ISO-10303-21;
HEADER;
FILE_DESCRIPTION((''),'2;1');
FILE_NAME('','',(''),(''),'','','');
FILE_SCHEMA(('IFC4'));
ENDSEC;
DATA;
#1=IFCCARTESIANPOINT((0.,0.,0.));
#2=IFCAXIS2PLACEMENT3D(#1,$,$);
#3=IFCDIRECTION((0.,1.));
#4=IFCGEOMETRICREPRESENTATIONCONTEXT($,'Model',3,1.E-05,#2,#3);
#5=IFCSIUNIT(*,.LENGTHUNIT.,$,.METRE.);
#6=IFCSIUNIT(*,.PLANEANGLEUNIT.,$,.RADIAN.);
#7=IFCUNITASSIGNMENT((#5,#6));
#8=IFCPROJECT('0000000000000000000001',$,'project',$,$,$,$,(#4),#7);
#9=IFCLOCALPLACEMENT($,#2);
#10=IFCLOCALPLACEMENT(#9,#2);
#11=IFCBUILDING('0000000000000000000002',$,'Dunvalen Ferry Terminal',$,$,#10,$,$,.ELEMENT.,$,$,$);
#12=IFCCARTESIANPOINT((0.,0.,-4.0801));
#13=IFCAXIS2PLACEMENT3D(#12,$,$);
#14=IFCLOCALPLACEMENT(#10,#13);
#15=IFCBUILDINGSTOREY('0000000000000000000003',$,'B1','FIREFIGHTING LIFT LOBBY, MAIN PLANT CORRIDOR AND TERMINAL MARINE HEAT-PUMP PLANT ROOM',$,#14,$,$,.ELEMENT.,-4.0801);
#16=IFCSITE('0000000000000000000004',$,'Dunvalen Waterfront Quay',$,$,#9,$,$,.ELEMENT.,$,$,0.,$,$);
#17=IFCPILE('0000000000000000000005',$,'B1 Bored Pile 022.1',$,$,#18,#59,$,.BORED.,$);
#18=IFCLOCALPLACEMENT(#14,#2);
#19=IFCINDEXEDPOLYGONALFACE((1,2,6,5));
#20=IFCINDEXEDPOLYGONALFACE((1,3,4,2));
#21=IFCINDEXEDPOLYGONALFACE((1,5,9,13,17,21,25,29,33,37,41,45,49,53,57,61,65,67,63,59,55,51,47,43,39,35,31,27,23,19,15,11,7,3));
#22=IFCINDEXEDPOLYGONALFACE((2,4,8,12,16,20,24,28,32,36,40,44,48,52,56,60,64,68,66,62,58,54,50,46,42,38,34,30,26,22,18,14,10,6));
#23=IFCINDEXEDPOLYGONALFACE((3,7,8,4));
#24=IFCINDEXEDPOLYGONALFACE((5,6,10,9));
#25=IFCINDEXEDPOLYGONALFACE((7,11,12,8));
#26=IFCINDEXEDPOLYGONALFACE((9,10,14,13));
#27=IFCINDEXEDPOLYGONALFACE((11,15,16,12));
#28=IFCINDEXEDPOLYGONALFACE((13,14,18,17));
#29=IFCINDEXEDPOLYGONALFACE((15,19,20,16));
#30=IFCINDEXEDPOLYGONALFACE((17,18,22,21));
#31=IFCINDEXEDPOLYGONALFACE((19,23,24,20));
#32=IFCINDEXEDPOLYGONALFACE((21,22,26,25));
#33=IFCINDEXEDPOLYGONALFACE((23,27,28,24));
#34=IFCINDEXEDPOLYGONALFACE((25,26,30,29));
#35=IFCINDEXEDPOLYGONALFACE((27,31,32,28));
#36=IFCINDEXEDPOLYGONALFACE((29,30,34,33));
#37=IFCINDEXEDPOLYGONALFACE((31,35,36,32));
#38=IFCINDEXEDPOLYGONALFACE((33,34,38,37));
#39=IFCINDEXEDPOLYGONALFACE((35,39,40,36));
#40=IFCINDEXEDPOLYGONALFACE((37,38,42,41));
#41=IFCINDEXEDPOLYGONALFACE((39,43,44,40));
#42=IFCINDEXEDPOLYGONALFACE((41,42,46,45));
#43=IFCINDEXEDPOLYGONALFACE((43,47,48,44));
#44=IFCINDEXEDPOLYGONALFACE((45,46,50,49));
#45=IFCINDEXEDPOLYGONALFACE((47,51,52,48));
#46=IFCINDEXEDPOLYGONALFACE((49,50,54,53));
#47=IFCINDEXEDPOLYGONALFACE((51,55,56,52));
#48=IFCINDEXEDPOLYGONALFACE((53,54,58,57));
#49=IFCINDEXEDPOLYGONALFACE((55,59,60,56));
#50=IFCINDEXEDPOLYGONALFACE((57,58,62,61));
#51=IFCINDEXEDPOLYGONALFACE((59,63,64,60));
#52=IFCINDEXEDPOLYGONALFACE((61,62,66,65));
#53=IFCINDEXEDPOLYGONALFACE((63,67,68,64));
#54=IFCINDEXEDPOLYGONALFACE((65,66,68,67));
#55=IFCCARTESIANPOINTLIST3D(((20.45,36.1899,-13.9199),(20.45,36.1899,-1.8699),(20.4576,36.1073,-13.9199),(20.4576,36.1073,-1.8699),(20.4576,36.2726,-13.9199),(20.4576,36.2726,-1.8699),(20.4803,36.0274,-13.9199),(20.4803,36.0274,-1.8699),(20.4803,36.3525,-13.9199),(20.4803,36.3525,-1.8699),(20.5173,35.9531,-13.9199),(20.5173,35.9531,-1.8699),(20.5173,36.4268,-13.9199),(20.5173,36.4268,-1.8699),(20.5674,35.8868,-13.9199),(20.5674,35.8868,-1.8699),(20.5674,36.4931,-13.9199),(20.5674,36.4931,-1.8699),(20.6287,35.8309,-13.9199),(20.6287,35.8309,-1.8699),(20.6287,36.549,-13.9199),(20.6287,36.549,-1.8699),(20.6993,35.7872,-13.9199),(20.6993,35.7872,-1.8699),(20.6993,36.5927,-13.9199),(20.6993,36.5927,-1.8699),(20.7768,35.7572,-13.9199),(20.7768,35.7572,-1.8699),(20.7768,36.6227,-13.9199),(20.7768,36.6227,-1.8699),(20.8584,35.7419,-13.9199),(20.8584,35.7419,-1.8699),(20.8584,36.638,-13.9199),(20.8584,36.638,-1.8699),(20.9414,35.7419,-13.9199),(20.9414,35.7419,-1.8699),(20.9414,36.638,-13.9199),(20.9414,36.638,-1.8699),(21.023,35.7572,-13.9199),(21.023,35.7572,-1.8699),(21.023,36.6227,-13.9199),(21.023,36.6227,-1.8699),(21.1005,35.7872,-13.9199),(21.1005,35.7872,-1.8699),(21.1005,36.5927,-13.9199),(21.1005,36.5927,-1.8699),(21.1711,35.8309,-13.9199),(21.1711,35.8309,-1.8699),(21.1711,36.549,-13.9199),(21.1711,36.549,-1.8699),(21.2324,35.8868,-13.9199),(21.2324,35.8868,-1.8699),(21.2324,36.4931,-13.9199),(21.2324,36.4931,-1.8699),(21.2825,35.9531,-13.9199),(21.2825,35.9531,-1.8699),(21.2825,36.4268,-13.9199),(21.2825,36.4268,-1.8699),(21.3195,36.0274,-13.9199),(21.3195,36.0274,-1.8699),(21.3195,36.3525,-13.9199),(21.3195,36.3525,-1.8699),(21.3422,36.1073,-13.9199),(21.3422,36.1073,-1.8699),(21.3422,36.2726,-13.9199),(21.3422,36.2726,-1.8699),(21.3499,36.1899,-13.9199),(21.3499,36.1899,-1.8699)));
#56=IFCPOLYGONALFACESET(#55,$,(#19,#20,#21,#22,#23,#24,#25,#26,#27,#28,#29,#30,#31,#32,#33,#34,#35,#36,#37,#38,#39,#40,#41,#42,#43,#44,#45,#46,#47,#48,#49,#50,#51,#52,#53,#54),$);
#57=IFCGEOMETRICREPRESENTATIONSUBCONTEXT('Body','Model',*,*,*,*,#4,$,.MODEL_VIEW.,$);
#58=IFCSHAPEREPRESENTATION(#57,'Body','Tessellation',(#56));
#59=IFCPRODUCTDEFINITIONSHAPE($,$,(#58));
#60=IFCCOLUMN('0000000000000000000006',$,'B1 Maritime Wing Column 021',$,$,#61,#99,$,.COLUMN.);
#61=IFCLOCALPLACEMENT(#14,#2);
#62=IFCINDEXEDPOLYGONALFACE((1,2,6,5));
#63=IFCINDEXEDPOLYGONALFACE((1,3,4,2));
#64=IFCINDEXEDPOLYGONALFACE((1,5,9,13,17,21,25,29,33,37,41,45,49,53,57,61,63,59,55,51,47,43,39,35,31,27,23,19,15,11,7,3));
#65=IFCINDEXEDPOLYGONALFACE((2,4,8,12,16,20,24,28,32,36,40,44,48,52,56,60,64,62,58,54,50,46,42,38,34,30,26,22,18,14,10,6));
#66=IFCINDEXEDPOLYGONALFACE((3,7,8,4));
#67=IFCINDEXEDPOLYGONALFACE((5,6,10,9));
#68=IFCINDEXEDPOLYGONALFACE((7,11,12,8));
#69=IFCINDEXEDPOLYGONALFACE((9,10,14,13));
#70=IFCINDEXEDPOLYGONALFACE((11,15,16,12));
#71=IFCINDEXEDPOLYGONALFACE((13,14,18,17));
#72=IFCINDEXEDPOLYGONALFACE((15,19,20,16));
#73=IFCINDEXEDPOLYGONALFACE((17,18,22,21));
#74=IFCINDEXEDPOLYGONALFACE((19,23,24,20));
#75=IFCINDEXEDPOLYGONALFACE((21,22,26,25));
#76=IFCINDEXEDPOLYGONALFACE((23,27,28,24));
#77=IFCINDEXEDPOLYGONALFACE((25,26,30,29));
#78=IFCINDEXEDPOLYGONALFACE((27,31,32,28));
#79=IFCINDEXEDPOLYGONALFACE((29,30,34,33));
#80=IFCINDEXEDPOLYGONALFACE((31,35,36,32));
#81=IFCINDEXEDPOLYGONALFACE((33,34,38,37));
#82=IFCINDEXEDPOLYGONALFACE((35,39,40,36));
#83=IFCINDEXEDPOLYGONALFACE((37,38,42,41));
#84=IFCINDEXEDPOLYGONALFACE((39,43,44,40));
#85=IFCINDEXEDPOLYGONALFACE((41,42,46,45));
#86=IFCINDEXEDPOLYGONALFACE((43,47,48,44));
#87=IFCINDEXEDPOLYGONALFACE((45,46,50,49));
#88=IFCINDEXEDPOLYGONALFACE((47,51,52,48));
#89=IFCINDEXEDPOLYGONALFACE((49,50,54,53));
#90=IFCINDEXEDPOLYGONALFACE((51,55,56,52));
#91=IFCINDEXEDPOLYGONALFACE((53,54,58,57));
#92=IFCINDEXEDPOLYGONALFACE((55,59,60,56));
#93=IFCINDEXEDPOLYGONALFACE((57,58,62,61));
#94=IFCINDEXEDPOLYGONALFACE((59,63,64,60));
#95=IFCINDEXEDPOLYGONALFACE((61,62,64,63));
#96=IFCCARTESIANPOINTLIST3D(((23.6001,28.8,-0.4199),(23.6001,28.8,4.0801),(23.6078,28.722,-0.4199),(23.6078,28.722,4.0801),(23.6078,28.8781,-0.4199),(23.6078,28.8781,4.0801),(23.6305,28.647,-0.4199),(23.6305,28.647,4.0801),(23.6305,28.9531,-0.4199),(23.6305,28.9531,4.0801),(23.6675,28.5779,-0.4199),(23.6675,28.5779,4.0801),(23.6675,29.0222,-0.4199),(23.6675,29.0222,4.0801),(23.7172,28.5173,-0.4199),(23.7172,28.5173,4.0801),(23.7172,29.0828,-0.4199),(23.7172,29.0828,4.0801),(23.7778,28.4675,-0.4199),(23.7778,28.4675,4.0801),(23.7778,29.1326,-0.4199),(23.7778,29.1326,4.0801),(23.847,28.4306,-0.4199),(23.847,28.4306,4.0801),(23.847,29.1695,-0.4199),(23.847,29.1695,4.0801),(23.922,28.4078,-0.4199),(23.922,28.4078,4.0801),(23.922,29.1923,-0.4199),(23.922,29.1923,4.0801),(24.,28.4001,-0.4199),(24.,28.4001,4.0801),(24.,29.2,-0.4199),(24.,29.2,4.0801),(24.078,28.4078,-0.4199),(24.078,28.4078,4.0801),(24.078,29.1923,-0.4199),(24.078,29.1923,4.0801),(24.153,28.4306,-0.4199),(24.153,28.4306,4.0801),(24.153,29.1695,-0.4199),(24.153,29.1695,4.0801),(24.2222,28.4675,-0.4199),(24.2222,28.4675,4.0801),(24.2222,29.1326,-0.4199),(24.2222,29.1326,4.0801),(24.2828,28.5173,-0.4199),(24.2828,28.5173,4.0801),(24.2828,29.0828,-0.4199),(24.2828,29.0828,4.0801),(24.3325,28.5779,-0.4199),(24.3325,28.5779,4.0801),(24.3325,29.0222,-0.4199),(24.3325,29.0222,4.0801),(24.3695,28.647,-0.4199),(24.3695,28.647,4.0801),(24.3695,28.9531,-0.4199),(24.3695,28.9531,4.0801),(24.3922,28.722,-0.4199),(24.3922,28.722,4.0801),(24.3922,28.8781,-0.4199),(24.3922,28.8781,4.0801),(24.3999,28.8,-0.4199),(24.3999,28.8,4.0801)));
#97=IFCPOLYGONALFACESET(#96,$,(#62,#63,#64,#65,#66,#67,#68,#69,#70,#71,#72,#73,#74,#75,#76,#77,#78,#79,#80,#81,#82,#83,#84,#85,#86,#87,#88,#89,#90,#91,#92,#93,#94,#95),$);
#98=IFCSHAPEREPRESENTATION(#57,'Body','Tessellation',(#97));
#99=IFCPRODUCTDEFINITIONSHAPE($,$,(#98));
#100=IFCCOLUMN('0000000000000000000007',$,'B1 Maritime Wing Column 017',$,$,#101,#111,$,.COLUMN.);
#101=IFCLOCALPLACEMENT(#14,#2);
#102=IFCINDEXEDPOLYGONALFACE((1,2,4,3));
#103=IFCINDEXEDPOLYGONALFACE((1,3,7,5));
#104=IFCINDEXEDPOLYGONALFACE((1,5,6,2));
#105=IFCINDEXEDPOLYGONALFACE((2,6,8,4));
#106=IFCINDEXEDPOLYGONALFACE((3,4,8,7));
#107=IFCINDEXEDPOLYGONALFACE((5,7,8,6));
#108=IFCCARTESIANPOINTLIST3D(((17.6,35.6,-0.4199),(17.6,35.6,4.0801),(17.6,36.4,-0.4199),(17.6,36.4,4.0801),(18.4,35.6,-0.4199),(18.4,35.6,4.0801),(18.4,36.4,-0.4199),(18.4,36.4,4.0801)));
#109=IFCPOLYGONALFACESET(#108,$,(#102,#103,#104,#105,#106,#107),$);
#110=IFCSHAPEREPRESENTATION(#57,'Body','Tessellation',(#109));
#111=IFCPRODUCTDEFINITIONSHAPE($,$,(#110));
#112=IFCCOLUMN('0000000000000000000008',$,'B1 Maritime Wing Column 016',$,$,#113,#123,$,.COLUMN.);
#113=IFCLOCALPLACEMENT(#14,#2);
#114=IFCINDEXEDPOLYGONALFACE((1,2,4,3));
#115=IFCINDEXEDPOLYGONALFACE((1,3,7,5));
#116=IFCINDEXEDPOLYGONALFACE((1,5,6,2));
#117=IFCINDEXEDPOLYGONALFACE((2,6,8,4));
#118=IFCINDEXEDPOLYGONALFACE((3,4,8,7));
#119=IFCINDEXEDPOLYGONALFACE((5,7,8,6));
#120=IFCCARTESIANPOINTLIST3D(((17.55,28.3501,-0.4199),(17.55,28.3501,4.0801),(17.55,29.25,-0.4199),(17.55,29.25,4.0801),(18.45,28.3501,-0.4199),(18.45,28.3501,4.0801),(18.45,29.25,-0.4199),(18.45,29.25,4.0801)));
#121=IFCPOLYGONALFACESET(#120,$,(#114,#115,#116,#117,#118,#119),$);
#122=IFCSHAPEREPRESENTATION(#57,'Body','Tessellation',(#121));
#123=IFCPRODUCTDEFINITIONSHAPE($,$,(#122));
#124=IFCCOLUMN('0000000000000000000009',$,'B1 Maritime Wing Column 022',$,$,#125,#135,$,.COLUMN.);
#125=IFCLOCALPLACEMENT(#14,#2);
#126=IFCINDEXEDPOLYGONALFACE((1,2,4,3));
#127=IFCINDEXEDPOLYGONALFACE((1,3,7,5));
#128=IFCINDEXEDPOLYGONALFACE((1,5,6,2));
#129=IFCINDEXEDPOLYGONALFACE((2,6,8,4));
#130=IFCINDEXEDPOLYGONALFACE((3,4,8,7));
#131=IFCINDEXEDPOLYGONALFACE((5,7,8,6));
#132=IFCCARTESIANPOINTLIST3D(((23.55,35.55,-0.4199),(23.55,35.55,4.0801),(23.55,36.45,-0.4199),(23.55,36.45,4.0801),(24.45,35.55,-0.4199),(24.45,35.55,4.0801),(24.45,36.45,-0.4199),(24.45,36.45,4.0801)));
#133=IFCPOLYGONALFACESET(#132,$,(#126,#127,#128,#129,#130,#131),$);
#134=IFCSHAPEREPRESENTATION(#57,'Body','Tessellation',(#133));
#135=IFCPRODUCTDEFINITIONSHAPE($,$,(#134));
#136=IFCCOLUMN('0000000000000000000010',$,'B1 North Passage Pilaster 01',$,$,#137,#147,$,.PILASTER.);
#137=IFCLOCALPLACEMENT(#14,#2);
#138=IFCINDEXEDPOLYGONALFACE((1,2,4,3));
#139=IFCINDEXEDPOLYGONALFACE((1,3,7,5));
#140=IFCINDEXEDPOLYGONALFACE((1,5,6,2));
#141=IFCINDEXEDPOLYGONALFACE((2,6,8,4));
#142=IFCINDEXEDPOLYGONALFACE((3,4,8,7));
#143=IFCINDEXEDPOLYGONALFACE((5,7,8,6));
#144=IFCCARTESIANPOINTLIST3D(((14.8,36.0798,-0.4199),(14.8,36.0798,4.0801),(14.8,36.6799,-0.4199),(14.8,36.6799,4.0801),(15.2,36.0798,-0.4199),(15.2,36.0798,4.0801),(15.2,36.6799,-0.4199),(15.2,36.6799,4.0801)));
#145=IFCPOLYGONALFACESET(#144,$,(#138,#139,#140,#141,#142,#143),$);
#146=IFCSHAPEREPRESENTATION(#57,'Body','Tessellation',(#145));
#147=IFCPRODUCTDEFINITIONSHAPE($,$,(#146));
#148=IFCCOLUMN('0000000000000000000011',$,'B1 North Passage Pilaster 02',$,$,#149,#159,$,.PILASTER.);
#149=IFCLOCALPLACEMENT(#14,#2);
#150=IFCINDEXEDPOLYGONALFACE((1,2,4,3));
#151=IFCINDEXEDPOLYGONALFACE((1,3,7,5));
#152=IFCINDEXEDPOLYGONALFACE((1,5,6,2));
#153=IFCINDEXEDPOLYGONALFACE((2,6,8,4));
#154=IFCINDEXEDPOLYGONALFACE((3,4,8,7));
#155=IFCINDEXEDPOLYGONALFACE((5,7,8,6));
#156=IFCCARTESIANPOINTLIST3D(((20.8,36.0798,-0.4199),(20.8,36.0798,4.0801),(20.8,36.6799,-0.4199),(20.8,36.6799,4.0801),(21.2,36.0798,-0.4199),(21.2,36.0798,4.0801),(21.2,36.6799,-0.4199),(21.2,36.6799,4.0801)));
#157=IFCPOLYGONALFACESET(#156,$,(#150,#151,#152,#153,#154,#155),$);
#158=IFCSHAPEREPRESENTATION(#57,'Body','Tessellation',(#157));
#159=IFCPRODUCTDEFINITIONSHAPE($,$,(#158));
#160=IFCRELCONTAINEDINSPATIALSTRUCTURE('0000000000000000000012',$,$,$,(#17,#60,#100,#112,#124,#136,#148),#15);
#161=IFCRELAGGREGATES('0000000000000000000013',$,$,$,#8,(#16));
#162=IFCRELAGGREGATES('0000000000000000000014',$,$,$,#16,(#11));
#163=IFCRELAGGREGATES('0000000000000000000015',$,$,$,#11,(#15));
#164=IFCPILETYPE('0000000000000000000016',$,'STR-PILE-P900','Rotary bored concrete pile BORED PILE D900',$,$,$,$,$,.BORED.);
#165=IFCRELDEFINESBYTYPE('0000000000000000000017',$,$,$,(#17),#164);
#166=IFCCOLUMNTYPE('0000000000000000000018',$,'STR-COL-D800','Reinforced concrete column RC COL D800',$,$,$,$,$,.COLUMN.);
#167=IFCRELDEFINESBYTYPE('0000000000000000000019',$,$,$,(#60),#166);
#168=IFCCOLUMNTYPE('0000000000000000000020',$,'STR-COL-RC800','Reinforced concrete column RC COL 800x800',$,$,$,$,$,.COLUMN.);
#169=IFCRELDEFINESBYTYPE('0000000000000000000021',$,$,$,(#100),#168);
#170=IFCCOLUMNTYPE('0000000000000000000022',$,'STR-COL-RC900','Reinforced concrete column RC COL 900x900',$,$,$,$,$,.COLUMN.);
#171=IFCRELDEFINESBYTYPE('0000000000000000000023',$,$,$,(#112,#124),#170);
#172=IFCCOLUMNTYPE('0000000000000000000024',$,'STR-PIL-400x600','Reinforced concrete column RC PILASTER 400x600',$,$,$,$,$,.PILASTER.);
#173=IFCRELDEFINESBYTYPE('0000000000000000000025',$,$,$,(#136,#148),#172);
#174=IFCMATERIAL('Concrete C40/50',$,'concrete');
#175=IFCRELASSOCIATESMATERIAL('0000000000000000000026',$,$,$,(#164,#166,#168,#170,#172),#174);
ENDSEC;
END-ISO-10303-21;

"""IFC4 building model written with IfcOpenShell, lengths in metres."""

from ifc_helpers import new_model, si_unit, direction, frame, origin, origin_2d, place, context, subcontext, project, spatial, rectangle, circle, extrude, material, material_profile, profile_set, type_object, element, save


model = new_model("IFC4")

# Units and contexts
model_context = context("Model", 3, precision=1e-05, world=origin(), true_north=direction((0.0, 1.0)))
body_context = subcontext(model_context, "Body", "Model", "MODEL_VIEW")
ifc_project = project(units=[si_unit("LENGTHUNIT", "METRE"), si_unit("PLANEANGLEUNIT", "RADIAN")], contexts=[model_context])

# Site, building, storey
site_placement = place(None, origin())
site = spatial("IfcSite", under=ifc_project, at=site_placement, Name="Dunvalen Waterfront Quay", CompositionType="ELEMENT", RefElevation=0.0)
building_placement = place(site_placement, origin())
building = spatial("IfcBuilding", under=site, at=building_placement, Name="Dunvalen Ferry Terminal", CompositionType="ELEMENT")
storey_placement = place(building_placement, frame((0.0, 0.0, -4.0801)))
storey = spatial("IfcBuildingStorey", under=building, at=storey_placement, Name="B1", Description="FIREFIGHTING LIFT LOBBY, MAIN PLANT CORRIDOR AND TERMINAL MARINE HEAT-PUMP PLANT ROOM", CompositionType="ELEMENT", Elevation=-4.0801)

# Shared definitions
ifc_material = material(Name="Concrete C40/50", Category="concrete")

# Pile
ifc_material_profile_1 = material_profile(ifc_material, circle(Radius=0.45, at=origin_2d()), Name="Concrete C40/50")
ifc_profile_set_1 = profile_set([ifc_material_profile_1], Name="Concrete C40/50")
pile_type_1 = type_object("IfcPileType", Name="STR-PILE-P900", Description="Rotary bored concrete pile BORED PILE D900", PredefinedType="BORED", material=ifc_profile_set_1)
pile_1_placement = place(storey_placement, frame((20.8999, 36.1899, -1.8699), z_axis=(0.0, 0.0, -1.0), x_axis=(1.0, 0.0, 0.0)))
element("IfcPile", 1, at=pile_1_placement, inside=storey, type_object=pile_type_1, Name="B1 Bored Pile 022.1", PredefinedType="BORED", context=body_context, shape_type="SweptSolid", body=[
    extrude(circle(Radius=0.45, at=origin_2d()), origin(), (0.0, 0.0, 1.0), 12.05),
])

# Columns
ifc_material_profile_2 = material_profile(ifc_material, circle(Radius=0.3999, at=origin_2d()), Name="Concrete C40/50")
ifc_profile_set_2 = profile_set([ifc_material_profile_2], Name="Concrete C40/50")
column_type_1 = type_object("IfcColumnType", Name="STR-COL-D800", Description="Reinforced concrete column RC COL D800", PredefinedType="COLUMN", material=ifc_profile_set_2)
column_1_placement = place(storey_placement, frame((24.0, 28.8, -0.4199), z_axis=(0.0, 0.0, 1.0), x_axis=(1.0, 0.0, 0.0)))
element("IfcColumn", 2, at=column_1_placement, inside=storey, type_object=column_type_1, Name="B1 Maritime Wing Column 021", PredefinedType="COLUMN", context=body_context, shape_type="SweptSolid", body=[
    extrude(circle(Radius=0.3999, at=origin_2d()), origin(), (0.0, 0.0, 1.0), 4.5),
])
ifc_material_profile_3 = material_profile(ifc_material, rectangle(XDim=0.8, YDim=0.8, at=origin_2d()), Name="Concrete C40/50")
ifc_profile_set_3 = profile_set([ifc_material_profile_3], Name="Concrete C40/50")
column_type_2 = type_object("IfcColumnType", Name="STR-COL-RC800", Description="Reinforced concrete column RC COL 800x800", PredefinedType="COLUMN", material=ifc_profile_set_3)
column_2_placement = place(storey_placement, frame((18.0, 36.0, -0.4199), z_axis=(0.0, 0.0, 1.0), x_axis=(1.0, 0.0, 0.0)))
element("IfcColumn", 3, at=column_2_placement, inside=storey, type_object=column_type_2, Name="B1 Maritime Wing Column 017", PredefinedType="COLUMN", context=body_context, shape_type="SweptSolid", body=[
    extrude(rectangle(XDim=0.8, YDim=0.8, at=origin_2d()), origin(), (0.0, 0.0, 1.0), 4.5),
])
ifc_material_profile_4 = material_profile(ifc_material, rectangle(XDim=0.8999, YDim=0.8999, at=origin_2d()), Name="Concrete C40/50")
ifc_profile_set_4 = profile_set([ifc_material_profile_4], Name="Concrete C40/50")
column_type_3 = type_object("IfcColumnType", Name="STR-COL-RC900", Description="Reinforced concrete column RC COL 900x900", PredefinedType="COLUMN", material=ifc_profile_set_4)
for number, where, z_axis, x_axis, name in (
    (4, (18.0, 28.8, -0.4199), (0.0, 0.0, 1.0), (1.0, 0.0, 0.0), "B1 Maritime Wing Column 016"),
    (5, (24.0, 36.0, -0.4199), (0.0, 0.0, 1.0), (1.0, 0.0, 0.0), "B1 Maritime Wing Column 022"),
):
    element("IfcColumn", number, at=place(storey_placement, frame(where, z_axis=z_axis, x_axis=x_axis)), inside=storey, type_object=column_type_3, Name=name, PredefinedType="COLUMN", context=body_context, shape_type="SweptSolid", body=[
        extrude(rectangle(XDim=0.8999, YDim=0.8999, at=origin_2d()), origin(), (0.0, 0.0, 1.0), 4.5),
    ])
ifc_material_profile_5 = material_profile(ifc_material, rectangle(XDim=0.3999, YDim=0.6001, at=origin_2d()), Name="Concrete C40/50")
ifc_profile_set_5 = profile_set([ifc_material_profile_5], Name="Concrete C40/50")
column_type_4 = type_object("IfcColumnType", Name="STR-PIL-400x600", Description="Reinforced concrete column RC PILASTER 400x600", PredefinedType="PILASTER", material=ifc_profile_set_5)
for number, where, z_axis, x_axis, name in (
    (6, (15.0, 36.3799, -0.4199), (0.0, 0.0, 1.0), (1.0, 0.0, 0.0), "B1 North Passage Pilaster 01"),
    (7, (21.0, 36.3799, -0.4199), (0.0, 0.0, 1.0), (1.0, 0.0, 0.0), "B1 North Passage Pilaster 02"),
):
    element("IfcColumn", number, at=place(storey_placement, frame(where, z_axis=z_axis, x_axis=x_axis)), inside=storey, type_object=column_type_4, Name=name, PredefinedType="PILASTER", context=body_context, shape_type="SweptSolid", body=[
        extrude(rectangle(XDim=0.3999, YDim=0.6001, at=origin_2d()), origin(), (0.0, 0.0, 1.0), 4.5),
    ])

save(model, "model.ifc")
